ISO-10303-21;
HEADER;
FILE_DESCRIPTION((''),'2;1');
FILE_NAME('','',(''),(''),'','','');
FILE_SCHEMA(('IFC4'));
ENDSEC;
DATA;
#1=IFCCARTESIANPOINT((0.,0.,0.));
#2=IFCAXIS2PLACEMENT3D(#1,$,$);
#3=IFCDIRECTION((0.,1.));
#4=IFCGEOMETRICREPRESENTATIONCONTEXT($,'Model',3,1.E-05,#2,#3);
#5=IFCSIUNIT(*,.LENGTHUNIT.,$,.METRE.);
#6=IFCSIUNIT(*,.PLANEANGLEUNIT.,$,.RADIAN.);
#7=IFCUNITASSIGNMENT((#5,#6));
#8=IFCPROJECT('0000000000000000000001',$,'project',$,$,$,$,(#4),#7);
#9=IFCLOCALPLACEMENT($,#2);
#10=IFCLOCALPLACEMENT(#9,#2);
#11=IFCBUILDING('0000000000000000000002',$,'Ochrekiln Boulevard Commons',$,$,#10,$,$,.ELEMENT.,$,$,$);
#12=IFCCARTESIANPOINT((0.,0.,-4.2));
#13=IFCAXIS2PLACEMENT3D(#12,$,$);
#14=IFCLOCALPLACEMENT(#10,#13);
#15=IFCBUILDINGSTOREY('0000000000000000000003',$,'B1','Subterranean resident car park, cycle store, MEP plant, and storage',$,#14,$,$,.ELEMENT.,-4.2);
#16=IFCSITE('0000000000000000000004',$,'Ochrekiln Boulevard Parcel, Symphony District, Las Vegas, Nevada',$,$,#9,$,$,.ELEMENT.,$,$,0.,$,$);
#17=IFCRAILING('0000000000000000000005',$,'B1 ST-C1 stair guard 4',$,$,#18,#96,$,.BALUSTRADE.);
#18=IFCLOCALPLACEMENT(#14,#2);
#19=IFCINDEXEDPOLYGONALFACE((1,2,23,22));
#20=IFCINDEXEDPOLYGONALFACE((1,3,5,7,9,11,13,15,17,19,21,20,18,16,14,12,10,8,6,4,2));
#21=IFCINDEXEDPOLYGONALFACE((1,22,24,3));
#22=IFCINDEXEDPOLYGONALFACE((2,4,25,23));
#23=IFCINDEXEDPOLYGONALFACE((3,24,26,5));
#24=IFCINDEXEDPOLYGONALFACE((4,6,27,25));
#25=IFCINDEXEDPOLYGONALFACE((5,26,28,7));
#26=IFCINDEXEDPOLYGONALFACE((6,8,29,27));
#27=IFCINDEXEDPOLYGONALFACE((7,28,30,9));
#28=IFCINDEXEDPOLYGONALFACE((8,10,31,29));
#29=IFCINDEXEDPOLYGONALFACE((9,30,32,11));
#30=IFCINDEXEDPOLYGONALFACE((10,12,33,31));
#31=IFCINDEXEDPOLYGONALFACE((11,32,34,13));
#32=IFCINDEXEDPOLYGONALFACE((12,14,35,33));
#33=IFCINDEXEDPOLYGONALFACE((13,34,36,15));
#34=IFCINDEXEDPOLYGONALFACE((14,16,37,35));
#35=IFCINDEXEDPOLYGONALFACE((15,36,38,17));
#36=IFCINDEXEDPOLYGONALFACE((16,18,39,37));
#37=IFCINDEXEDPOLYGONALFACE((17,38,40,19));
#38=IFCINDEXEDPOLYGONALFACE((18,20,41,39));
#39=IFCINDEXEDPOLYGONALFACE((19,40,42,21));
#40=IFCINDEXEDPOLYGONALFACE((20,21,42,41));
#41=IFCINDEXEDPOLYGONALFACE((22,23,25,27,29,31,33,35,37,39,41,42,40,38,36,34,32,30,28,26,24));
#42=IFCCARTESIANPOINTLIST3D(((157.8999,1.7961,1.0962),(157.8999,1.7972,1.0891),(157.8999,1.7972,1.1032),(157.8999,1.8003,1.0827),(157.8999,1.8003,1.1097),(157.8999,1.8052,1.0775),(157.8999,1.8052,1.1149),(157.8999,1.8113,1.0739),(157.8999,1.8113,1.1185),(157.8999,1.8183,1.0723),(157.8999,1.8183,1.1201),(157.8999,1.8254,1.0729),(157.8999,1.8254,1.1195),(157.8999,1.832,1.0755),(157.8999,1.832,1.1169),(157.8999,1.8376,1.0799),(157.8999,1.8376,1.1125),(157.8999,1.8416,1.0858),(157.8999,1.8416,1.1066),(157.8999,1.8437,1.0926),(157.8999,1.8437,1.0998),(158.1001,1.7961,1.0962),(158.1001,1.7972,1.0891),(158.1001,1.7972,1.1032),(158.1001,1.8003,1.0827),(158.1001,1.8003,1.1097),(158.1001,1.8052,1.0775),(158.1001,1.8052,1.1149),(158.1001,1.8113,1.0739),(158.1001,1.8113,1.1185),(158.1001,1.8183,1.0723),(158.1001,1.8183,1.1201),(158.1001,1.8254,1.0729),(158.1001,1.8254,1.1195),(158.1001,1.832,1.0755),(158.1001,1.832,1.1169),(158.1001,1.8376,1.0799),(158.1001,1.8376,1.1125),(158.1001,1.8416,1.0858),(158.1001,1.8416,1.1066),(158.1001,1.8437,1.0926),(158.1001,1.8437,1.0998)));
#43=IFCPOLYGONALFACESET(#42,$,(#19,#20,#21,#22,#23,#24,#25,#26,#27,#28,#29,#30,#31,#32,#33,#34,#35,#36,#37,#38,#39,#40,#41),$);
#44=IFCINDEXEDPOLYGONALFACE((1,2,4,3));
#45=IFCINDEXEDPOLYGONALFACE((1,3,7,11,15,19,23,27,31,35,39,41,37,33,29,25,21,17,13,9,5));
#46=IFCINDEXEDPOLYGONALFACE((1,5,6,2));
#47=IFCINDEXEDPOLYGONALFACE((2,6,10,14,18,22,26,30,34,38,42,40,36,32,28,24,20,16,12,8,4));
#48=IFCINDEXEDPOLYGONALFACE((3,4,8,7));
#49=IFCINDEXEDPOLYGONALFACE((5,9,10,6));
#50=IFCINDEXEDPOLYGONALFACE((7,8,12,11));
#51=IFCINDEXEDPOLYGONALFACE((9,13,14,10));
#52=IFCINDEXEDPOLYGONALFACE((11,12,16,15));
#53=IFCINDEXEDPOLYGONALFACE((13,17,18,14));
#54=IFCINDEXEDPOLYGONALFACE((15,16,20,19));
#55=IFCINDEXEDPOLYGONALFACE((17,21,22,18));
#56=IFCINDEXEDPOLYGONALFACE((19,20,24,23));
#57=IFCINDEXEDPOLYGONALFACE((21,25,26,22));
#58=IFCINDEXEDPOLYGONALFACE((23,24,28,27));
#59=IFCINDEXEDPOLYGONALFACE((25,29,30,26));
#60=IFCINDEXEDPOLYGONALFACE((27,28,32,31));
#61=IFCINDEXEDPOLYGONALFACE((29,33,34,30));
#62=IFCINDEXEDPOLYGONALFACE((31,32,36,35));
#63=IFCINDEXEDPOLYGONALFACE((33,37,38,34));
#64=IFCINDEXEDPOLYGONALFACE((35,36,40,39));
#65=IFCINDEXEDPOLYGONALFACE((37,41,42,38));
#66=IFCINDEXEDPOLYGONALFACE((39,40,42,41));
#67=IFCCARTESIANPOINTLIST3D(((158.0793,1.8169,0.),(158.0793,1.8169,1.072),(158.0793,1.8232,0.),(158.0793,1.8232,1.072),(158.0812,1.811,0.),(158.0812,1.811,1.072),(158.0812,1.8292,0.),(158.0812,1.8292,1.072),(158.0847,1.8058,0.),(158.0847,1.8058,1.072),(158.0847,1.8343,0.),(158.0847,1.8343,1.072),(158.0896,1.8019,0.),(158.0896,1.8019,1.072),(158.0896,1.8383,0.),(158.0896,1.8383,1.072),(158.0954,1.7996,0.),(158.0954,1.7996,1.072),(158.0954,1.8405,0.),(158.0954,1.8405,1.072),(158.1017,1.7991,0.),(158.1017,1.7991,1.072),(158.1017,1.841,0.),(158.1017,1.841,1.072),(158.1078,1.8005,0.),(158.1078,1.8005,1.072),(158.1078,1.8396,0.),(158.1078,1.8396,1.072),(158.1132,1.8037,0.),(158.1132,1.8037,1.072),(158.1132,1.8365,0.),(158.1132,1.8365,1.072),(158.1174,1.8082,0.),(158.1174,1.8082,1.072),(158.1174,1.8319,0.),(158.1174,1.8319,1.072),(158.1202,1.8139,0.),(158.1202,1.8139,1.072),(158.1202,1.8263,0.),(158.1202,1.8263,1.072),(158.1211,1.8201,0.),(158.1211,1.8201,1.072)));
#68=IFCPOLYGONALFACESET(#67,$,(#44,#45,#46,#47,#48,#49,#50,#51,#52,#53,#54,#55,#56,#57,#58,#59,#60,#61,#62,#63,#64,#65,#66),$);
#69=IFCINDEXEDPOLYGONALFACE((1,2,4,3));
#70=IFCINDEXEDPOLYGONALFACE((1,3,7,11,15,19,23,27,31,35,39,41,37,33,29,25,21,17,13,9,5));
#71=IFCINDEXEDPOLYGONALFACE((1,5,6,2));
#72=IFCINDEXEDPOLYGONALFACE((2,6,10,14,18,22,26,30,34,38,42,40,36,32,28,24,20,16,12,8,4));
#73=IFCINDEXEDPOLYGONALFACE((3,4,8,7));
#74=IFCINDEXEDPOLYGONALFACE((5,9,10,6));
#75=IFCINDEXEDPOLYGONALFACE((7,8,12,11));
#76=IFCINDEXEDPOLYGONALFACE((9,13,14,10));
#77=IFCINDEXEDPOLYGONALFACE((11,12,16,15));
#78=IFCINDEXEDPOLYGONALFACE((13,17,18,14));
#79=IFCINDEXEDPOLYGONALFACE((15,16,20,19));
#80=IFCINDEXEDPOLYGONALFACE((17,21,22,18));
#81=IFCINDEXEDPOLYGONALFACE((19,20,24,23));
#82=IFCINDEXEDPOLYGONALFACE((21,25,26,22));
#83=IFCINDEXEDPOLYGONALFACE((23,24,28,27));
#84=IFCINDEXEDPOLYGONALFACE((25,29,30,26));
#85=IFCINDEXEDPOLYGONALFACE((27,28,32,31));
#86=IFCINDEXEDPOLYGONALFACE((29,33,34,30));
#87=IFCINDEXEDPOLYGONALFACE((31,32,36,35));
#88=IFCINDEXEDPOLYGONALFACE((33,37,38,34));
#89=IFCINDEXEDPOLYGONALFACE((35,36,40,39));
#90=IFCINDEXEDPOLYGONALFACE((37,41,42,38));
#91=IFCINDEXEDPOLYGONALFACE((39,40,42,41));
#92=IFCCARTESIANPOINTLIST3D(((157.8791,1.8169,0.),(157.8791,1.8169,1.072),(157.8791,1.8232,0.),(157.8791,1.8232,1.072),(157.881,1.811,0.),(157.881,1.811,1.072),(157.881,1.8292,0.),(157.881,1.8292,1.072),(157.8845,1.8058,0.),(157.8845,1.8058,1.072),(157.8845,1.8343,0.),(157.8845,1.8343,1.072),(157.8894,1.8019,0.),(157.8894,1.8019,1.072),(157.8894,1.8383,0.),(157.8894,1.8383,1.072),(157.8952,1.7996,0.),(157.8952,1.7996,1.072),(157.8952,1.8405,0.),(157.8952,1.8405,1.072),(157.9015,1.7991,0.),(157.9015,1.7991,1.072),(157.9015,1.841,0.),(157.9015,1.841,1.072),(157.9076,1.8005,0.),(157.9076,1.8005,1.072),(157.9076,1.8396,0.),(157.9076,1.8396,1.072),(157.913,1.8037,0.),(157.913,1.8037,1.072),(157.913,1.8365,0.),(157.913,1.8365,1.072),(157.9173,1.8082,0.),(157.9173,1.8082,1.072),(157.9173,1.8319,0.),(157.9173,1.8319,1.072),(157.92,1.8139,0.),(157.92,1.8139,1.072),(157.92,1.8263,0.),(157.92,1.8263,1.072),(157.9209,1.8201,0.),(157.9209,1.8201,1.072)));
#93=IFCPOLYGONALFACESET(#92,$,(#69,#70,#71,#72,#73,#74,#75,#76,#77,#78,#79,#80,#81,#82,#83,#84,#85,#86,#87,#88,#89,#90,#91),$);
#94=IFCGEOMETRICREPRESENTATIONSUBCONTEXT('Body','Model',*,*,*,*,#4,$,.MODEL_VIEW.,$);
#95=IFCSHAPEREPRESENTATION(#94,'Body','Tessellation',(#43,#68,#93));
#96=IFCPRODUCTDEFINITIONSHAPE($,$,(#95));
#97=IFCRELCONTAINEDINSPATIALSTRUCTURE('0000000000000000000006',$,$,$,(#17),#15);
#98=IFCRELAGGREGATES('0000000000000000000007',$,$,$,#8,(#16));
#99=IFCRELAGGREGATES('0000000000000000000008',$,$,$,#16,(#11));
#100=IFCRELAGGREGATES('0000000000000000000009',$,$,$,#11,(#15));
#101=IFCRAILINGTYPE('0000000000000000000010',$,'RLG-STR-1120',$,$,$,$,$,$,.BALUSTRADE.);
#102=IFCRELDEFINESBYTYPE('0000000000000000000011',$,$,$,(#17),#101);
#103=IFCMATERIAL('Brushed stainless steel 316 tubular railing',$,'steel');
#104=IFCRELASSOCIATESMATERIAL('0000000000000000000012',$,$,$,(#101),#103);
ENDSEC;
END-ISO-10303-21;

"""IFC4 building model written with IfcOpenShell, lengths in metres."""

from ifc_helpers import new_model, si_unit, direction, frame, origin, origin_2d, place, context, subcontext, project, spatial, circle, extrude, material, type_object, element, save


model = new_model("IFC4")

# Units and contexts
model_context = context("Model", 3, precision=1e-05, world=origin(), true_north=direction((0.0, 1.0)))
body_context = subcontext(model_context, "Body", "Model", "MODEL_VIEW")
ifc_project = project(units=[si_unit("LENGTHUNIT", "METRE"), si_unit("PLANEANGLEUNIT", "RADIAN")], contexts=[model_context])

# Site, building, storey
site_placement = place(None, origin())
site = spatial("IfcSite", under=ifc_project, at=site_placement, Name="Ochrekiln Boulevard Parcel, Symphony District, Las Vegas, Nevada", CompositionType="ELEMENT", RefElevation=0.0)
building_placement = place(site_placement, origin())
building = spatial("IfcBuilding", under=site, at=building_placement, Name="Ochrekiln Boulevard Commons", CompositionType="ELEMENT")
storey_placement = place(building_placement, frame((0.0, 0.0, -4.2)))
storey = spatial("IfcBuildingStorey", under=building, at=storey_placement, Name="B1", Description="Subterranean resident car park, cycle store, MEP plant, and storage", CompositionType="ELEMENT", Elevation=-4.2)

# Railing
ifc_material_1 = material(Name="Brushed stainless steel 316 tubular railing", Category="steel")
railing_type_1 = type_object("IfcRailingType", Name="RLG-STR-1120", PredefinedType="BALUSTRADE", material=ifc_material_1)
railing_1_placement = place(storey_placement, frame((158.1001, 1.8201, 0.0)))
element("IfcRailing", 1, at=railing_1_placement, inside=storey, type_object=railing_type_1, Name="B1 ST-C1 stair guard 4", PredefinedType="BALUSTRADE", context=body_context, shape_type="SweptSolid", body=[
    extrude(circle(Radius=0.0239, at=origin_2d()), frame((0.0, 0.0, 1.0962), z_axis=(-1.0, 0.0, 0.0), x_axis=(0.0, -1.0, 0.0)), (0.0, 0.0, 1.0), 0.2002),
    extrude(circle(Radius=0.021, at=origin_2d()), origin(), (0.0, 0.0, 1.0), 1.072),
    extrude(circle(Radius=0.021, at=origin_2d()), frame((-0.2002, 0.0, 0.0)), (0.0, 0.0, 1.0), 1.072),
])

save(model, "model.ifc")
